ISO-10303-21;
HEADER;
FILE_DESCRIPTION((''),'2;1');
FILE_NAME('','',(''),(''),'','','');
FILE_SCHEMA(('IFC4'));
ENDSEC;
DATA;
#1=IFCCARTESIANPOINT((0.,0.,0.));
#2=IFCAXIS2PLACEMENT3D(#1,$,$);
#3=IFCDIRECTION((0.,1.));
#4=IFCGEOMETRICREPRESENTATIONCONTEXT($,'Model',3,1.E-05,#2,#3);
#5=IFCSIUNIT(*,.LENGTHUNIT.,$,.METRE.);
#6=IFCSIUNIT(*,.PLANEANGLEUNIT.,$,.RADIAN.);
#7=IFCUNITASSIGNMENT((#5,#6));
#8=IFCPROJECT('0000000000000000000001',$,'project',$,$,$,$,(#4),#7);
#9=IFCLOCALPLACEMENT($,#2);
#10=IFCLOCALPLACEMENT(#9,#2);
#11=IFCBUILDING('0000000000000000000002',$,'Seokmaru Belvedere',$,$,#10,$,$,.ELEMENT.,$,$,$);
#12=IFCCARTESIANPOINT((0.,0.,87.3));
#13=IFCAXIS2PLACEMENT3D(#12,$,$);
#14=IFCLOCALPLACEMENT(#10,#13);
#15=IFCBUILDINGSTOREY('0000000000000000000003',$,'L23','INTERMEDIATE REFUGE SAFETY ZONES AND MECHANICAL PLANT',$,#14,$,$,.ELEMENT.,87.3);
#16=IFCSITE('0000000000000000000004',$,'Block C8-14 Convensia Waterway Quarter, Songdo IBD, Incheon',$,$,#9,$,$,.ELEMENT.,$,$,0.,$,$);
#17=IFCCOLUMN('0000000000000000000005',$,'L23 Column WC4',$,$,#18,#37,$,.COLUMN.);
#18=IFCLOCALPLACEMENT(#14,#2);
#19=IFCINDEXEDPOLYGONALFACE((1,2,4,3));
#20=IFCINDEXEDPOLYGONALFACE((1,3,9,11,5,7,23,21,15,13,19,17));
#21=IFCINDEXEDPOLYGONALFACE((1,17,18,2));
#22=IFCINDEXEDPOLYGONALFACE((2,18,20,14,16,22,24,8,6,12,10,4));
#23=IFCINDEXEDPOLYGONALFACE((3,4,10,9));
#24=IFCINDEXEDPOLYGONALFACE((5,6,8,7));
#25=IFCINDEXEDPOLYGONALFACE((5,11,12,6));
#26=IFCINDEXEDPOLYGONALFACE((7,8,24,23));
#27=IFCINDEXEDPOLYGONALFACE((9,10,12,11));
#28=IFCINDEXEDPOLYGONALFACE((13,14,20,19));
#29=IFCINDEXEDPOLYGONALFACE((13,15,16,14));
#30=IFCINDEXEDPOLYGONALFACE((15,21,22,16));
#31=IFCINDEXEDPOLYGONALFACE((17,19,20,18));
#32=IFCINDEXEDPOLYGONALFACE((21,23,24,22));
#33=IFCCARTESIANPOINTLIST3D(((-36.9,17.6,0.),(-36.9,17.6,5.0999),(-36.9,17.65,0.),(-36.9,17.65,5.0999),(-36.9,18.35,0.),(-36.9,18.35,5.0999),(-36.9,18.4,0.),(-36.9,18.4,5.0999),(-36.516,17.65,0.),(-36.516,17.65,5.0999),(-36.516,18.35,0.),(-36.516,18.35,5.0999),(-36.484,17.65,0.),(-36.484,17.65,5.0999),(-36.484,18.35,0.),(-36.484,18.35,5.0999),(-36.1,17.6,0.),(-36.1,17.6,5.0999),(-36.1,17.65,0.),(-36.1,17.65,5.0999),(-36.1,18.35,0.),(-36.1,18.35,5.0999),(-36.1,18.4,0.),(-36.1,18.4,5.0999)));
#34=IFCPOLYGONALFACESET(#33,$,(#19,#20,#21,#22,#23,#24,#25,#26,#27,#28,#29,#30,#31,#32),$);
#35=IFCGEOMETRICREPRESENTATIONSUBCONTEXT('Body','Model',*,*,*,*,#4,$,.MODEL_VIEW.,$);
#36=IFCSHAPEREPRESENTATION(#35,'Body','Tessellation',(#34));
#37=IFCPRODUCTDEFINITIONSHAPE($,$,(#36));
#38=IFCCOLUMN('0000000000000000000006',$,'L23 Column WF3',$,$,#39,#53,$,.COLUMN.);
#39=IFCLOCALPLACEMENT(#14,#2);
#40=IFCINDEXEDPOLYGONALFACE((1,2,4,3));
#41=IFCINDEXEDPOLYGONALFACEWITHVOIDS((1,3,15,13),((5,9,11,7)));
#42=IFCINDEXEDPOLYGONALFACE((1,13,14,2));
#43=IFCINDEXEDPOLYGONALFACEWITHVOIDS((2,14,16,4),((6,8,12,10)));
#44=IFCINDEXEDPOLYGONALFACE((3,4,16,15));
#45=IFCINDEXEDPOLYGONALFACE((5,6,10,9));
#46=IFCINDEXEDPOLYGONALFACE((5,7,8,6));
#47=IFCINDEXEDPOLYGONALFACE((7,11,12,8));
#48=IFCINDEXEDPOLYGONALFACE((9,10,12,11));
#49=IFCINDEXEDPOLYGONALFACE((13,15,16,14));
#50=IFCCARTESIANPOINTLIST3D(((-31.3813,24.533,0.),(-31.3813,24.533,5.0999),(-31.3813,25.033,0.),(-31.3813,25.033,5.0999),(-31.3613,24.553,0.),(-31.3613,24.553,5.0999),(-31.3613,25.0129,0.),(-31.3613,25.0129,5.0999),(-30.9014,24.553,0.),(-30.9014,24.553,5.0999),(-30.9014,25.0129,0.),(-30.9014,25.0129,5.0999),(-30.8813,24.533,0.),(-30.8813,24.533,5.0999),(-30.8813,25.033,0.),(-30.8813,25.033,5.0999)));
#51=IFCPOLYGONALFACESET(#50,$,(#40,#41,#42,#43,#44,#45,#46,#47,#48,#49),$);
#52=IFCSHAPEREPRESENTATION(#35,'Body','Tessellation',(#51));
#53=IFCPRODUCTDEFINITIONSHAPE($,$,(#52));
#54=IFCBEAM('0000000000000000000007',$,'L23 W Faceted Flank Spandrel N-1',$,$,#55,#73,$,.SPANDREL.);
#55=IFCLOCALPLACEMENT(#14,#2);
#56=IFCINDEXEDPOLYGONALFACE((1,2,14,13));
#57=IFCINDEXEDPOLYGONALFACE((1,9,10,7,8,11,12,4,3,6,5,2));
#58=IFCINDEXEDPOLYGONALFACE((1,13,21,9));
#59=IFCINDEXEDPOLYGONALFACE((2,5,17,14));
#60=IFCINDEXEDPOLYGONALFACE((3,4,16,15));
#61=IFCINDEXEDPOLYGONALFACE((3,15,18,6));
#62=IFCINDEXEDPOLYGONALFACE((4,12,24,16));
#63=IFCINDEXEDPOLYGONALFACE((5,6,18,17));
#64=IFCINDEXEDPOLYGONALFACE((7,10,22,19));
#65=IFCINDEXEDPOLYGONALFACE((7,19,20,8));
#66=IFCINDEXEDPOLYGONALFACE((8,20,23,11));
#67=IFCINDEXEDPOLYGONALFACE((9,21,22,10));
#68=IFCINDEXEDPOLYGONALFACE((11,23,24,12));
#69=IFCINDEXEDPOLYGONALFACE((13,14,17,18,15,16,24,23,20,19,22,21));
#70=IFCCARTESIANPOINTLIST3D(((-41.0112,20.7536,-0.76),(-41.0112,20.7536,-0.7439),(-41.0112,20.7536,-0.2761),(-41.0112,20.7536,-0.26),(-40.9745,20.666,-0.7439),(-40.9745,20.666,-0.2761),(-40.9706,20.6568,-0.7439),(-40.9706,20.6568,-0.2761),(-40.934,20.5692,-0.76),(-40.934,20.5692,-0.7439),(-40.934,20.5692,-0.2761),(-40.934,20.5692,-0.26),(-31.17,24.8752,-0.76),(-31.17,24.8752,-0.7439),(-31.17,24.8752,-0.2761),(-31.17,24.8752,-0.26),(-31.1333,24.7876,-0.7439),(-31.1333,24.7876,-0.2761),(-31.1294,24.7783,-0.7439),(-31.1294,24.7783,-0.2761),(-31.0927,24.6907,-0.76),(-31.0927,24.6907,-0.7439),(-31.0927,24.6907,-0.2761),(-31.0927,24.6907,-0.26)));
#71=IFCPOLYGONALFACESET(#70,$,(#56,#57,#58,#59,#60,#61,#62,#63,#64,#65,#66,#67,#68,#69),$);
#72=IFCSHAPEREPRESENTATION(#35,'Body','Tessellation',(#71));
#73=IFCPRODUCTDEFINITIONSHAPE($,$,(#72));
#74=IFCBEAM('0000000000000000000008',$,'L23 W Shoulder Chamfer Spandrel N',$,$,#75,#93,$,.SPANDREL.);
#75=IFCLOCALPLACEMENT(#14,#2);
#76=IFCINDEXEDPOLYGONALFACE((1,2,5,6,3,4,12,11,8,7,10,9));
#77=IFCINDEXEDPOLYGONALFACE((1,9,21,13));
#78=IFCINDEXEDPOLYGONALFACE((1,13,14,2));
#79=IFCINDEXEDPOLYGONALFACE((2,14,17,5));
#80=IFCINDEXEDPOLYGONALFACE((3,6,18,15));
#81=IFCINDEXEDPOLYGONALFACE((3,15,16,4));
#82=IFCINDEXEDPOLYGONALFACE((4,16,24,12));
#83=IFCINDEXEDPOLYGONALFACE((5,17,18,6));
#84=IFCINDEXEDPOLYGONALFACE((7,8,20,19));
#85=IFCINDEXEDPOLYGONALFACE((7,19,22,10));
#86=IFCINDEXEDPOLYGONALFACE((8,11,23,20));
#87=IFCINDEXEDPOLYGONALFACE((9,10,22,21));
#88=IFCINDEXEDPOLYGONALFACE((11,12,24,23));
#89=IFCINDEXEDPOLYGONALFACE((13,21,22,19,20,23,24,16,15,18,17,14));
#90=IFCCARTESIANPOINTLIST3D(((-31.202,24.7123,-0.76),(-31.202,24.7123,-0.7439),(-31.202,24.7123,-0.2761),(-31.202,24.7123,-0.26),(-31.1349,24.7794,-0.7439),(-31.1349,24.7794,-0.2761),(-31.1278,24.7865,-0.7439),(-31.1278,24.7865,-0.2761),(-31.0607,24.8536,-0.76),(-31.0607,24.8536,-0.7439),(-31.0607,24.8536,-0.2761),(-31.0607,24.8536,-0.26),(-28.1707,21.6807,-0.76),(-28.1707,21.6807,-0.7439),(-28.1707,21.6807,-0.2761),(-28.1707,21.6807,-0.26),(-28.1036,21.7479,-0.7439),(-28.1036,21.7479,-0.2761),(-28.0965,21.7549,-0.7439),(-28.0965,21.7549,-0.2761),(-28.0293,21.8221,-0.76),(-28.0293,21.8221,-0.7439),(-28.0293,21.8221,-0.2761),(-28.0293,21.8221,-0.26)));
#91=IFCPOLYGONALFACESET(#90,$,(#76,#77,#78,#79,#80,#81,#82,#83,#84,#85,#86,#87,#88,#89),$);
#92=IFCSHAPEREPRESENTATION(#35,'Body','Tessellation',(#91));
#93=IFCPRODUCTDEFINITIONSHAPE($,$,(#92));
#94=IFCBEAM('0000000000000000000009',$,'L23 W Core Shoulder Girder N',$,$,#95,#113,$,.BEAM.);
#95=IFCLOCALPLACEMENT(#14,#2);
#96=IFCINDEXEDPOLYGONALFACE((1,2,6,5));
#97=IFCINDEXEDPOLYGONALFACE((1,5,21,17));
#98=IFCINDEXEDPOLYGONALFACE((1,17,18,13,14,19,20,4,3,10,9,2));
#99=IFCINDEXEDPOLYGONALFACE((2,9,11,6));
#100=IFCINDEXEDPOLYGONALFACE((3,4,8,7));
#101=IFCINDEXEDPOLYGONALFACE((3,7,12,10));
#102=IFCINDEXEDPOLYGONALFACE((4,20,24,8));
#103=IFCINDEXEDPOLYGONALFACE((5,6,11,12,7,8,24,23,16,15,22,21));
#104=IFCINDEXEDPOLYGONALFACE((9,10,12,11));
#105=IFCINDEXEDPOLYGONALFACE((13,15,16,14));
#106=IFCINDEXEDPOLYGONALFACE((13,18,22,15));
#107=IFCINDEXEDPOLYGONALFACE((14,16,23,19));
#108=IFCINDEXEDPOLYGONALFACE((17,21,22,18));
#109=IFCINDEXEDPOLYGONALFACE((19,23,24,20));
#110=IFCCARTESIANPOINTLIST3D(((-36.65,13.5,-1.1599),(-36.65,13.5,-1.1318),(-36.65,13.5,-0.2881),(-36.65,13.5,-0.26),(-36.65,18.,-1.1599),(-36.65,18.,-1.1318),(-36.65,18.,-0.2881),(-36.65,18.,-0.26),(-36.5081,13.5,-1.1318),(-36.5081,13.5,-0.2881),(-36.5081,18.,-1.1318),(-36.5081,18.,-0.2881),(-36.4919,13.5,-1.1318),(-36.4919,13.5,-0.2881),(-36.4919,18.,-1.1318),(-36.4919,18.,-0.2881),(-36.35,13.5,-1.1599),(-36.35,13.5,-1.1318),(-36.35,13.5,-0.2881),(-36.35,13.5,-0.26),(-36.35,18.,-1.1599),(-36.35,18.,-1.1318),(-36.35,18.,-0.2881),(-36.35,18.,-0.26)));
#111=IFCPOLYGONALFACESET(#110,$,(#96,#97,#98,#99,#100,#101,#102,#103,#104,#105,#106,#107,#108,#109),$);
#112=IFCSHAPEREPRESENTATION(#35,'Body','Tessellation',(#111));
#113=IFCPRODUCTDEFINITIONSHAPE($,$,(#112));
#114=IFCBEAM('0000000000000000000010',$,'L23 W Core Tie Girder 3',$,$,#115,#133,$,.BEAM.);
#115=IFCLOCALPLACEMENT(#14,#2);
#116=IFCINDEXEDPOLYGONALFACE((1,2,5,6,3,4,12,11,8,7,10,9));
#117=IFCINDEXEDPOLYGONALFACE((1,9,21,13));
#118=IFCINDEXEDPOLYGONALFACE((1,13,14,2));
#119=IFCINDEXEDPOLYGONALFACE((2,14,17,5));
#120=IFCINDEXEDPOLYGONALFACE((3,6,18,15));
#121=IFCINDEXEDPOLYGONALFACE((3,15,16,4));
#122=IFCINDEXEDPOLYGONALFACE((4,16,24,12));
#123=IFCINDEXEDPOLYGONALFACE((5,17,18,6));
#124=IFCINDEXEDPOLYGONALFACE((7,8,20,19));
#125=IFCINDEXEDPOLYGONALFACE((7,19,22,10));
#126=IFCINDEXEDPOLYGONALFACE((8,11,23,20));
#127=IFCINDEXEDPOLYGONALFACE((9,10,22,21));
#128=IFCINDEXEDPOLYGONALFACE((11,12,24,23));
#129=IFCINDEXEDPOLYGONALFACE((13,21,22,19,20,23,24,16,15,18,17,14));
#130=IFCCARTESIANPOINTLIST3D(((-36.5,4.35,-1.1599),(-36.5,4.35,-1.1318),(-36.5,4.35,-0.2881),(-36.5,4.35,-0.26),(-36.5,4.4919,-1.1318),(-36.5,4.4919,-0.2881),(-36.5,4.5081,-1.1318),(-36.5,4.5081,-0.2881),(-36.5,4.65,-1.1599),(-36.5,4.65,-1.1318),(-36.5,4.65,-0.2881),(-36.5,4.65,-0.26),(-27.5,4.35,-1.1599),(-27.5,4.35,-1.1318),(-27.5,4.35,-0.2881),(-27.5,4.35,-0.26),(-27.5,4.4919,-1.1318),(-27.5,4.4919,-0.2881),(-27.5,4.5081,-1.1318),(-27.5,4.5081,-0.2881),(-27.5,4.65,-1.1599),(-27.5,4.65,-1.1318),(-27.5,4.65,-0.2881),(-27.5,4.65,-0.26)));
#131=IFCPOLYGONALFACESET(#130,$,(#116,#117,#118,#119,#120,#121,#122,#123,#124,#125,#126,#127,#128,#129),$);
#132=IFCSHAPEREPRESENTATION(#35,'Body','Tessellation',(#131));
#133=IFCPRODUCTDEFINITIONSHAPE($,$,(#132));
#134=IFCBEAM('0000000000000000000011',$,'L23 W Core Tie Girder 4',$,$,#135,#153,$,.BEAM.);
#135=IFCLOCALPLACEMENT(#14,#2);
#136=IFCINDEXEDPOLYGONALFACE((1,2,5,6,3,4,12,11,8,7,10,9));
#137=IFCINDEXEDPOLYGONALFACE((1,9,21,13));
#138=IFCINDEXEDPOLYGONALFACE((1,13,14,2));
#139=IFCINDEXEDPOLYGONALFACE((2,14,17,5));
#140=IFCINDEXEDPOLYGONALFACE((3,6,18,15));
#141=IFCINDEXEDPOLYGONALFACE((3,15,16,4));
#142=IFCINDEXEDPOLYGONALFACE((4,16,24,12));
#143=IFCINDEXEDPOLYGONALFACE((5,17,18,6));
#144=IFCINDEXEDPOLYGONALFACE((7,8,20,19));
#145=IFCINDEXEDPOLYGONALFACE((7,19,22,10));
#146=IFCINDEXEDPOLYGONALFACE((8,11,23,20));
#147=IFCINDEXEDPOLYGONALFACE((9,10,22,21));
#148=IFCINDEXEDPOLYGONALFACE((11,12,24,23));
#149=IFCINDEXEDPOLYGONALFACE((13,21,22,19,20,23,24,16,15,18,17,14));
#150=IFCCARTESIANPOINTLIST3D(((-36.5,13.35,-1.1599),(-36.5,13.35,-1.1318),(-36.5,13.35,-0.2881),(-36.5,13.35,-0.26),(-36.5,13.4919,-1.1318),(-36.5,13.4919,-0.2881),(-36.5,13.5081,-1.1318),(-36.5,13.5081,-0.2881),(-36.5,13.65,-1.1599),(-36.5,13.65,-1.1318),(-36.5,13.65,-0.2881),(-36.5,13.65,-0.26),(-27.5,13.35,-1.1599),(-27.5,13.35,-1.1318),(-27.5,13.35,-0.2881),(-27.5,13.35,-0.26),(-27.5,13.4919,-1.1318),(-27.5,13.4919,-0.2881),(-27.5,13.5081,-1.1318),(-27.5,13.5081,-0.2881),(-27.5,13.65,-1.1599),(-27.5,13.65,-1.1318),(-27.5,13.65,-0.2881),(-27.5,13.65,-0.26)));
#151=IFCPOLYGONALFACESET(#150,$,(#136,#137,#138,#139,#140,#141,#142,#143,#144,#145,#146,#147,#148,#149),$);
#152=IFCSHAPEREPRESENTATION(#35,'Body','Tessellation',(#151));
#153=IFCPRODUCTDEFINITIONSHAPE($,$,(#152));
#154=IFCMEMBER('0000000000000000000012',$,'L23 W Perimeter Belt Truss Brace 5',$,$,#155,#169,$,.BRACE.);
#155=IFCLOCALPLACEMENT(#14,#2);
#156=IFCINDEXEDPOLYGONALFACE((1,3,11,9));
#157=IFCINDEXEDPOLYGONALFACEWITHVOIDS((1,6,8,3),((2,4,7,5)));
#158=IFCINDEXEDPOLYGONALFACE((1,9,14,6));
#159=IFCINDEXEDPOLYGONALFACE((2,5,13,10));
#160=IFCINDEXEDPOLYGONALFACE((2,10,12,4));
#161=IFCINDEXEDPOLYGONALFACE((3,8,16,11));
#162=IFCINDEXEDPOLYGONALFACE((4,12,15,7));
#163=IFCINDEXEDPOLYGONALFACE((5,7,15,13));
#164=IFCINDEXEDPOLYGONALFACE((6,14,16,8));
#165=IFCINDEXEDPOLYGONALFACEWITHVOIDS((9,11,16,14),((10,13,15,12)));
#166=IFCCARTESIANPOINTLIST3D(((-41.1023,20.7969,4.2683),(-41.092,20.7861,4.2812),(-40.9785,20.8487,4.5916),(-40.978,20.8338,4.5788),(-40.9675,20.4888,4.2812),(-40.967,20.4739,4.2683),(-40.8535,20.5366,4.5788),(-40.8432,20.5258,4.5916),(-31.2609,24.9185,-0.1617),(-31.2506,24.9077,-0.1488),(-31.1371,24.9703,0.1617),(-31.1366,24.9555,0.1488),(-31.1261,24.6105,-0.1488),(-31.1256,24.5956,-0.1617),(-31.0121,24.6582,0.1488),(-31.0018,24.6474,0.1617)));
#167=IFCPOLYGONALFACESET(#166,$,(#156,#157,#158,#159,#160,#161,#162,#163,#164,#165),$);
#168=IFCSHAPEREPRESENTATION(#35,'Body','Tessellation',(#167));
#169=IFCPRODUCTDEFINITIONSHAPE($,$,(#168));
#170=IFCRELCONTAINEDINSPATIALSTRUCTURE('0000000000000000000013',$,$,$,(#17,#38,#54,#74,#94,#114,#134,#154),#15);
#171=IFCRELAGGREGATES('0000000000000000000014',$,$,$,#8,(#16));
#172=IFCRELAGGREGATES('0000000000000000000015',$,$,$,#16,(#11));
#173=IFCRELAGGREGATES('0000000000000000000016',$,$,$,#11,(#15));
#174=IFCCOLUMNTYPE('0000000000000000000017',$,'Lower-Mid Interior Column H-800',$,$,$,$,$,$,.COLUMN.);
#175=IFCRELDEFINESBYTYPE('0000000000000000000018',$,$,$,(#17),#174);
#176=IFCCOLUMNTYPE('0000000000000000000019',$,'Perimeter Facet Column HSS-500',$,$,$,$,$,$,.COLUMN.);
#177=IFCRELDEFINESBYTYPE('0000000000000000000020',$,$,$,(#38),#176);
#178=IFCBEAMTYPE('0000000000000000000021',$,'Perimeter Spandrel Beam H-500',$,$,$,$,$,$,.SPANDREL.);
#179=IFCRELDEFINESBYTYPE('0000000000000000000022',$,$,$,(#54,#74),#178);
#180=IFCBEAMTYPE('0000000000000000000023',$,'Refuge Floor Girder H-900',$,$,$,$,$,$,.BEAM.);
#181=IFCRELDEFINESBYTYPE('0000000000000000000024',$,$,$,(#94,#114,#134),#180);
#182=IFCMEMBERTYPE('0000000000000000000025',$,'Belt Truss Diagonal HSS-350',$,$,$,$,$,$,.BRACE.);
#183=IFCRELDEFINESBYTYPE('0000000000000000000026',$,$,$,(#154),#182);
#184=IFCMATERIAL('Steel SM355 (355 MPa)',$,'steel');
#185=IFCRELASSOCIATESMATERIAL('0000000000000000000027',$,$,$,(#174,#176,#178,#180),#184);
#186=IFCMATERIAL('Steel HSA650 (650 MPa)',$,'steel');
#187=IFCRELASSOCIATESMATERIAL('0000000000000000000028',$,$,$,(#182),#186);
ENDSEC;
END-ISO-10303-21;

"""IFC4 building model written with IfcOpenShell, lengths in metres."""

from ifc_helpers import new_model, si_unit, direction, frame, origin, origin_2d, place, context, subcontext, project, spatial, hollow_rectangle, i_section, extrude, source, transform, mapped, material, material_profile, profile_set, type_object, type_shapes, element, save


model = new_model("IFC4")

# Units and contexts
model_context = context("Model", 3, precision=1e-05, world=origin(), true_north=direction((0.0, 1.0)))
body_context = subcontext(model_context, "Body", "Model", "MODEL_VIEW")
ifc_project = project(units=[si_unit("LENGTHUNIT", "METRE"), si_unit("PLANEANGLEUNIT", "RADIAN")], contexts=[model_context])

# Site, building, storey
site_placement = place(None, origin())
site = spatial("IfcSite", under=ifc_project, at=site_placement, Name="Block C8-14 Convensia Waterway Quarter, Songdo IBD, Incheon", CompositionType="ELEMENT", RefElevation=0.0)
building_placement = place(site_placement, origin())
building = spatial("IfcBuilding", under=site, at=building_placement, Name="Seokmaru Belvedere", CompositionType="ELEMENT")
storey_placement = place(building_placement, frame((0.0, 0.0, 87.3)))
storey = spatial("IfcBuildingStorey", under=building, at=storey_placement, Name="L23", Description="INTERMEDIATE REFUGE SAFETY ZONES AND MECHANICAL PLANT", CompositionType="ELEMENT", Elevation=87.3)

# Columns
ifc_material_1 = material(Name="Steel SM355 (355 MPa)", Category="steel")
ifc_material_profile_1 = material_profile(ifc_material_1, i_section(OverallWidth=0.8, OverallDepth=0.8, WebThickness=0.032, FlangeThickness=0.05, at=origin_2d()), Name="H-800x800x32x50")
ifc_profile_set_1 = profile_set([ifc_material_profile_1], Name="Steel SM355 (355 MPa)")
column_type_1 = type_object("IfcColumnType", Name="Lower-Mid Interior Column H-800", PredefinedType="COLUMN", material=ifc_profile_set_1)
shared_shape_1 = source(origin(), body_context, "Body", "SweptSolid", [
    extrude(i_section(OverallWidth=0.8, OverallDepth=0.8, WebThickness=0.032, FlangeThickness=0.05, at=origin_2d()), origin(), (0.0, 0.0, 1.0), 5.0999),
])
type_shapes(column_type_1, [shared_shape_1])
column_1_placement = place(storey_placement, frame((-36.5, 18.0, 0.0), z_axis=(0.0, 0.0, 1.0), x_axis=(1.0, 0.0, 0.0)))
element("IfcColumn", 1, at=column_1_placement, inside=storey, type_object=column_type_1, Name="L23 Column WC4", PredefinedType="COLUMN", context=body_context, shape_type="MappedRepresentation", body=[
    mapped(shared_shape_1, transform((0.0, 0.0, 0.0), scale=1.0)),
])
ifc_material_profile_2 = material_profile(ifc_material_1, hollow_rectangle(XDim=0.5, YDim=0.5, WallThickness=0.02, at=origin_2d()), Name="HSS-500x500x20")
ifc_profile_set_2 = profile_set([ifc_material_profile_2], Name="Steel SM355 (355 MPa)")
column_type_2 = type_object("IfcColumnType", Name="Perimeter Facet Column HSS-500", PredefinedType="COLUMN", material=ifc_profile_set_2)
shared_shape_2 = source(origin(), body_context, "Body", "SweptSolid", [
    extrude(hollow_rectangle(XDim=0.5, YDim=0.5, WallThickness=0.02, at=origin_2d()), origin(), (0.0, 0.0, 1.0), 5.0999),
])
type_shapes(column_type_2, [shared_shape_2])
column_2_placement = place(storey_placement, frame((-31.1313, 24.783, 0.0), z_axis=(0.0, 0.0, 1.0), x_axis=(1.0, 0.0, 0.0)))
element("IfcColumn", 2, at=column_2_placement, inside=storey, type_object=column_type_2, Name="L23 Column WF3", PredefinedType="COLUMN", context=body_context, shape_type="MappedRepresentation", body=[
    mapped(shared_shape_2, transform((0.0, 0.0, 0.0), scale=1.0)),
])

# Beams
ifc_material_profile_3 = material_profile(ifc_material_1, i_section(OverallWidth=0.2, OverallDepth=0.5, WebThickness=0.01, FlangeThickness=0.0161, at=origin_2d()), Name="H-500x200x10x16")
ifc_profile_set_3 = profile_set([ifc_material_profile_3], Name="Steel SM355 (355 MPa)")
beam_type_1 = type_object("IfcBeamType", Name="Perimeter Spandrel Beam H-500", PredefinedType="SPANDREL", material=ifc_profile_set_3)
shared_shape_3 = source(origin(), body_context, "Body", "SweptSolid", [
    extrude(i_section(OverallWidth=0.2, OverallDepth=0.5, WebThickness=0.01, FlangeThickness=0.0161, at=origin_2d()), origin(), (0.0, 0.0, 1.0), 10.6694),
])
beam_1_placement = place(storey_placement, frame((-31.1313, 24.783, -0.51), z_axis=(-0.922375, -0.386295, 0.0), x_axis=(0.386295, -0.922375, 0.0)))
element("IfcBeam", 3, at=beam_1_placement, inside=storey, type_object=beam_type_1, Name="L23 W Faceted Flank Spandrel N-1", PredefinedType="SPANDREL", context=body_context, shape_type="MappedRepresentation", body=[
    mapped(shared_shape_3, transform((0.0, 0.0, 0.0), scale=1.0)),
])
shared_shape_4 = source(origin(), body_context, "Body", "SweptSolid", [
    extrude(i_section(OverallWidth=0.2, OverallDepth=0.5, WebThickness=0.01, FlangeThickness=0.0161, at=origin_2d()), origin(), (0.0, 0.0, 1.0), 4.2871),
])
type_shapes(beam_type_1, [shared_shape_3, shared_shape_4])
beam_2_placement = place(storey_placement, frame((-31.1313, 24.783, -0.51), z_axis=(0.707078, -0.707135, 0.0), x_axis=(0.707135, 0.707078, 0.0)))
element("IfcBeam", 4, at=beam_2_placement, inside=storey, type_object=beam_type_1, Name="L23 W Shoulder Chamfer Spandrel N", PredefinedType="SPANDREL", context=body_context, shape_type="MappedRepresentation", body=[
    mapped(shared_shape_4, transform((0.0, 0.0, 0.0), scale=1.0)),
])
ifc_material_profile_4 = material_profile(ifc_material_1, i_section(OverallWidth=0.3, OverallDepth=0.8999, WebThickness=0.0161, FlangeThickness=0.0281, at=origin_2d()), Name="H-900x300x16x28")
ifc_profile_set_4 = profile_set([ifc_material_profile_4], Name="Steel SM355 (355 MPa)")
beam_type_2 = type_object("IfcBeamType", Name="Refuge Floor Girder H-900", PredefinedType="BEAM", material=ifc_profile_set_4)
shared_shape_5 = source(origin(), body_context, "Body", "SweptSolid", [
    extrude(i_section(OverallWidth=0.3, OverallDepth=0.8999, WebThickness=0.0161, FlangeThickness=0.0281, at=origin_2d()), origin(), (0.0, 0.0, 1.0), 4.5),
])
beam_3_placement = place(storey_placement, frame((-36.5, 13.5, -0.71), z_axis=(0.0, 1.0, 0.0), x_axis=(-1.0, 0.0, 0.0)))
element("IfcBeam", 5, at=beam_3_placement, inside=storey, type_object=beam_type_2, Name="L23 W Core Shoulder Girder N", PredefinedType="BEAM", context=body_context, shape_type="MappedRepresentation", body=[
    mapped(shared_shape_5, transform((0.0, 0.0, 0.0), scale=1.0)),
])
shared_shape_6 = source(origin(), body_context, "Body", "SweptSolid", [
    extrude(i_section(OverallWidth=0.3, OverallDepth=0.8999, WebThickness=0.0161, FlangeThickness=0.0281, at=origin_2d()), origin(), (0.0, 0.0, 1.0), 9.0),
])
type_shapes(beam_type_2, [shared_shape_5, shared_shape_6])
for number, where, z_axis, x_axis, name in (
    (6, (-36.5, 4.5, -0.71), (1.0, 0.0, 0.0), (0.0, 1.0, 0.0), "L23 W Core Tie Girder 3"),
    (7, (-36.5, 13.5, -0.71), (1.0, 0.0, 0.0), (0.0, 1.0, 0.0), "L23 W Core Tie Girder 4"),
):
    element("IfcBeam", number, at=place(storey_placement, frame(where, z_axis=z_axis, x_axis=x_axis)), inside=storey, type_object=beam_type_2, Name=name, PredefinedType="BEAM", context=body_context, shape_type="MappedRepresentation", body=[
        mapped(shared_shape_6, transform((0.0, 0.0, 0.0), scale=1.0)),
    ])

# Member
ifc_material_2 = material(Name="Steel HSA650 (650 MPa)", Category="steel")
ifc_material_profile_5 = material_profile(ifc_material_2, hollow_rectangle(XDim=0.3501, YDim=0.3501, WallThickness=0.0139, at=origin_2d()), Name="HSS-350x350x14")
ifc_profile_set_5 = profile_set([ifc_material_profile_5], Name="Steel HSA650 (650 MPa)")
member_type_1 = type_object("IfcMemberType", Name="Belt Truss Diagonal HSS-350", PredefinedType="BRACE", material=ifc_profile_set_5)
shared_shape_7 = source(origin(), body_context, "Body", "SweptSolid", [
    extrude(hollow_rectangle(XDim=0.3501, YDim=0.3501, WallThickness=0.0139, at=origin_2d()), origin(), (0.0, 0.0, 1.0), 11.5527),
])
type_shapes(member_type_1, [shared_shape_7])
member_1_placement = place(storey_placement, frame((-31.1313, 24.783, 0.0), z_axis=(-0.851868, -0.356766, 0.383457), x_axis=(0.386295, -0.922375, 0.0)))
element("IfcMember", 8, at=member_1_placement, inside=storey, type_object=member_type_1, Name="L23 W Perimeter Belt Truss Brace 5", PredefinedType="BRACE", context=body_context, shape_type="MappedRepresentation", body=[
    mapped(shared_shape_7, transform((0.0, 0.0, 0.0), scale=1.0)),
])

save(model, "model.ifc")
